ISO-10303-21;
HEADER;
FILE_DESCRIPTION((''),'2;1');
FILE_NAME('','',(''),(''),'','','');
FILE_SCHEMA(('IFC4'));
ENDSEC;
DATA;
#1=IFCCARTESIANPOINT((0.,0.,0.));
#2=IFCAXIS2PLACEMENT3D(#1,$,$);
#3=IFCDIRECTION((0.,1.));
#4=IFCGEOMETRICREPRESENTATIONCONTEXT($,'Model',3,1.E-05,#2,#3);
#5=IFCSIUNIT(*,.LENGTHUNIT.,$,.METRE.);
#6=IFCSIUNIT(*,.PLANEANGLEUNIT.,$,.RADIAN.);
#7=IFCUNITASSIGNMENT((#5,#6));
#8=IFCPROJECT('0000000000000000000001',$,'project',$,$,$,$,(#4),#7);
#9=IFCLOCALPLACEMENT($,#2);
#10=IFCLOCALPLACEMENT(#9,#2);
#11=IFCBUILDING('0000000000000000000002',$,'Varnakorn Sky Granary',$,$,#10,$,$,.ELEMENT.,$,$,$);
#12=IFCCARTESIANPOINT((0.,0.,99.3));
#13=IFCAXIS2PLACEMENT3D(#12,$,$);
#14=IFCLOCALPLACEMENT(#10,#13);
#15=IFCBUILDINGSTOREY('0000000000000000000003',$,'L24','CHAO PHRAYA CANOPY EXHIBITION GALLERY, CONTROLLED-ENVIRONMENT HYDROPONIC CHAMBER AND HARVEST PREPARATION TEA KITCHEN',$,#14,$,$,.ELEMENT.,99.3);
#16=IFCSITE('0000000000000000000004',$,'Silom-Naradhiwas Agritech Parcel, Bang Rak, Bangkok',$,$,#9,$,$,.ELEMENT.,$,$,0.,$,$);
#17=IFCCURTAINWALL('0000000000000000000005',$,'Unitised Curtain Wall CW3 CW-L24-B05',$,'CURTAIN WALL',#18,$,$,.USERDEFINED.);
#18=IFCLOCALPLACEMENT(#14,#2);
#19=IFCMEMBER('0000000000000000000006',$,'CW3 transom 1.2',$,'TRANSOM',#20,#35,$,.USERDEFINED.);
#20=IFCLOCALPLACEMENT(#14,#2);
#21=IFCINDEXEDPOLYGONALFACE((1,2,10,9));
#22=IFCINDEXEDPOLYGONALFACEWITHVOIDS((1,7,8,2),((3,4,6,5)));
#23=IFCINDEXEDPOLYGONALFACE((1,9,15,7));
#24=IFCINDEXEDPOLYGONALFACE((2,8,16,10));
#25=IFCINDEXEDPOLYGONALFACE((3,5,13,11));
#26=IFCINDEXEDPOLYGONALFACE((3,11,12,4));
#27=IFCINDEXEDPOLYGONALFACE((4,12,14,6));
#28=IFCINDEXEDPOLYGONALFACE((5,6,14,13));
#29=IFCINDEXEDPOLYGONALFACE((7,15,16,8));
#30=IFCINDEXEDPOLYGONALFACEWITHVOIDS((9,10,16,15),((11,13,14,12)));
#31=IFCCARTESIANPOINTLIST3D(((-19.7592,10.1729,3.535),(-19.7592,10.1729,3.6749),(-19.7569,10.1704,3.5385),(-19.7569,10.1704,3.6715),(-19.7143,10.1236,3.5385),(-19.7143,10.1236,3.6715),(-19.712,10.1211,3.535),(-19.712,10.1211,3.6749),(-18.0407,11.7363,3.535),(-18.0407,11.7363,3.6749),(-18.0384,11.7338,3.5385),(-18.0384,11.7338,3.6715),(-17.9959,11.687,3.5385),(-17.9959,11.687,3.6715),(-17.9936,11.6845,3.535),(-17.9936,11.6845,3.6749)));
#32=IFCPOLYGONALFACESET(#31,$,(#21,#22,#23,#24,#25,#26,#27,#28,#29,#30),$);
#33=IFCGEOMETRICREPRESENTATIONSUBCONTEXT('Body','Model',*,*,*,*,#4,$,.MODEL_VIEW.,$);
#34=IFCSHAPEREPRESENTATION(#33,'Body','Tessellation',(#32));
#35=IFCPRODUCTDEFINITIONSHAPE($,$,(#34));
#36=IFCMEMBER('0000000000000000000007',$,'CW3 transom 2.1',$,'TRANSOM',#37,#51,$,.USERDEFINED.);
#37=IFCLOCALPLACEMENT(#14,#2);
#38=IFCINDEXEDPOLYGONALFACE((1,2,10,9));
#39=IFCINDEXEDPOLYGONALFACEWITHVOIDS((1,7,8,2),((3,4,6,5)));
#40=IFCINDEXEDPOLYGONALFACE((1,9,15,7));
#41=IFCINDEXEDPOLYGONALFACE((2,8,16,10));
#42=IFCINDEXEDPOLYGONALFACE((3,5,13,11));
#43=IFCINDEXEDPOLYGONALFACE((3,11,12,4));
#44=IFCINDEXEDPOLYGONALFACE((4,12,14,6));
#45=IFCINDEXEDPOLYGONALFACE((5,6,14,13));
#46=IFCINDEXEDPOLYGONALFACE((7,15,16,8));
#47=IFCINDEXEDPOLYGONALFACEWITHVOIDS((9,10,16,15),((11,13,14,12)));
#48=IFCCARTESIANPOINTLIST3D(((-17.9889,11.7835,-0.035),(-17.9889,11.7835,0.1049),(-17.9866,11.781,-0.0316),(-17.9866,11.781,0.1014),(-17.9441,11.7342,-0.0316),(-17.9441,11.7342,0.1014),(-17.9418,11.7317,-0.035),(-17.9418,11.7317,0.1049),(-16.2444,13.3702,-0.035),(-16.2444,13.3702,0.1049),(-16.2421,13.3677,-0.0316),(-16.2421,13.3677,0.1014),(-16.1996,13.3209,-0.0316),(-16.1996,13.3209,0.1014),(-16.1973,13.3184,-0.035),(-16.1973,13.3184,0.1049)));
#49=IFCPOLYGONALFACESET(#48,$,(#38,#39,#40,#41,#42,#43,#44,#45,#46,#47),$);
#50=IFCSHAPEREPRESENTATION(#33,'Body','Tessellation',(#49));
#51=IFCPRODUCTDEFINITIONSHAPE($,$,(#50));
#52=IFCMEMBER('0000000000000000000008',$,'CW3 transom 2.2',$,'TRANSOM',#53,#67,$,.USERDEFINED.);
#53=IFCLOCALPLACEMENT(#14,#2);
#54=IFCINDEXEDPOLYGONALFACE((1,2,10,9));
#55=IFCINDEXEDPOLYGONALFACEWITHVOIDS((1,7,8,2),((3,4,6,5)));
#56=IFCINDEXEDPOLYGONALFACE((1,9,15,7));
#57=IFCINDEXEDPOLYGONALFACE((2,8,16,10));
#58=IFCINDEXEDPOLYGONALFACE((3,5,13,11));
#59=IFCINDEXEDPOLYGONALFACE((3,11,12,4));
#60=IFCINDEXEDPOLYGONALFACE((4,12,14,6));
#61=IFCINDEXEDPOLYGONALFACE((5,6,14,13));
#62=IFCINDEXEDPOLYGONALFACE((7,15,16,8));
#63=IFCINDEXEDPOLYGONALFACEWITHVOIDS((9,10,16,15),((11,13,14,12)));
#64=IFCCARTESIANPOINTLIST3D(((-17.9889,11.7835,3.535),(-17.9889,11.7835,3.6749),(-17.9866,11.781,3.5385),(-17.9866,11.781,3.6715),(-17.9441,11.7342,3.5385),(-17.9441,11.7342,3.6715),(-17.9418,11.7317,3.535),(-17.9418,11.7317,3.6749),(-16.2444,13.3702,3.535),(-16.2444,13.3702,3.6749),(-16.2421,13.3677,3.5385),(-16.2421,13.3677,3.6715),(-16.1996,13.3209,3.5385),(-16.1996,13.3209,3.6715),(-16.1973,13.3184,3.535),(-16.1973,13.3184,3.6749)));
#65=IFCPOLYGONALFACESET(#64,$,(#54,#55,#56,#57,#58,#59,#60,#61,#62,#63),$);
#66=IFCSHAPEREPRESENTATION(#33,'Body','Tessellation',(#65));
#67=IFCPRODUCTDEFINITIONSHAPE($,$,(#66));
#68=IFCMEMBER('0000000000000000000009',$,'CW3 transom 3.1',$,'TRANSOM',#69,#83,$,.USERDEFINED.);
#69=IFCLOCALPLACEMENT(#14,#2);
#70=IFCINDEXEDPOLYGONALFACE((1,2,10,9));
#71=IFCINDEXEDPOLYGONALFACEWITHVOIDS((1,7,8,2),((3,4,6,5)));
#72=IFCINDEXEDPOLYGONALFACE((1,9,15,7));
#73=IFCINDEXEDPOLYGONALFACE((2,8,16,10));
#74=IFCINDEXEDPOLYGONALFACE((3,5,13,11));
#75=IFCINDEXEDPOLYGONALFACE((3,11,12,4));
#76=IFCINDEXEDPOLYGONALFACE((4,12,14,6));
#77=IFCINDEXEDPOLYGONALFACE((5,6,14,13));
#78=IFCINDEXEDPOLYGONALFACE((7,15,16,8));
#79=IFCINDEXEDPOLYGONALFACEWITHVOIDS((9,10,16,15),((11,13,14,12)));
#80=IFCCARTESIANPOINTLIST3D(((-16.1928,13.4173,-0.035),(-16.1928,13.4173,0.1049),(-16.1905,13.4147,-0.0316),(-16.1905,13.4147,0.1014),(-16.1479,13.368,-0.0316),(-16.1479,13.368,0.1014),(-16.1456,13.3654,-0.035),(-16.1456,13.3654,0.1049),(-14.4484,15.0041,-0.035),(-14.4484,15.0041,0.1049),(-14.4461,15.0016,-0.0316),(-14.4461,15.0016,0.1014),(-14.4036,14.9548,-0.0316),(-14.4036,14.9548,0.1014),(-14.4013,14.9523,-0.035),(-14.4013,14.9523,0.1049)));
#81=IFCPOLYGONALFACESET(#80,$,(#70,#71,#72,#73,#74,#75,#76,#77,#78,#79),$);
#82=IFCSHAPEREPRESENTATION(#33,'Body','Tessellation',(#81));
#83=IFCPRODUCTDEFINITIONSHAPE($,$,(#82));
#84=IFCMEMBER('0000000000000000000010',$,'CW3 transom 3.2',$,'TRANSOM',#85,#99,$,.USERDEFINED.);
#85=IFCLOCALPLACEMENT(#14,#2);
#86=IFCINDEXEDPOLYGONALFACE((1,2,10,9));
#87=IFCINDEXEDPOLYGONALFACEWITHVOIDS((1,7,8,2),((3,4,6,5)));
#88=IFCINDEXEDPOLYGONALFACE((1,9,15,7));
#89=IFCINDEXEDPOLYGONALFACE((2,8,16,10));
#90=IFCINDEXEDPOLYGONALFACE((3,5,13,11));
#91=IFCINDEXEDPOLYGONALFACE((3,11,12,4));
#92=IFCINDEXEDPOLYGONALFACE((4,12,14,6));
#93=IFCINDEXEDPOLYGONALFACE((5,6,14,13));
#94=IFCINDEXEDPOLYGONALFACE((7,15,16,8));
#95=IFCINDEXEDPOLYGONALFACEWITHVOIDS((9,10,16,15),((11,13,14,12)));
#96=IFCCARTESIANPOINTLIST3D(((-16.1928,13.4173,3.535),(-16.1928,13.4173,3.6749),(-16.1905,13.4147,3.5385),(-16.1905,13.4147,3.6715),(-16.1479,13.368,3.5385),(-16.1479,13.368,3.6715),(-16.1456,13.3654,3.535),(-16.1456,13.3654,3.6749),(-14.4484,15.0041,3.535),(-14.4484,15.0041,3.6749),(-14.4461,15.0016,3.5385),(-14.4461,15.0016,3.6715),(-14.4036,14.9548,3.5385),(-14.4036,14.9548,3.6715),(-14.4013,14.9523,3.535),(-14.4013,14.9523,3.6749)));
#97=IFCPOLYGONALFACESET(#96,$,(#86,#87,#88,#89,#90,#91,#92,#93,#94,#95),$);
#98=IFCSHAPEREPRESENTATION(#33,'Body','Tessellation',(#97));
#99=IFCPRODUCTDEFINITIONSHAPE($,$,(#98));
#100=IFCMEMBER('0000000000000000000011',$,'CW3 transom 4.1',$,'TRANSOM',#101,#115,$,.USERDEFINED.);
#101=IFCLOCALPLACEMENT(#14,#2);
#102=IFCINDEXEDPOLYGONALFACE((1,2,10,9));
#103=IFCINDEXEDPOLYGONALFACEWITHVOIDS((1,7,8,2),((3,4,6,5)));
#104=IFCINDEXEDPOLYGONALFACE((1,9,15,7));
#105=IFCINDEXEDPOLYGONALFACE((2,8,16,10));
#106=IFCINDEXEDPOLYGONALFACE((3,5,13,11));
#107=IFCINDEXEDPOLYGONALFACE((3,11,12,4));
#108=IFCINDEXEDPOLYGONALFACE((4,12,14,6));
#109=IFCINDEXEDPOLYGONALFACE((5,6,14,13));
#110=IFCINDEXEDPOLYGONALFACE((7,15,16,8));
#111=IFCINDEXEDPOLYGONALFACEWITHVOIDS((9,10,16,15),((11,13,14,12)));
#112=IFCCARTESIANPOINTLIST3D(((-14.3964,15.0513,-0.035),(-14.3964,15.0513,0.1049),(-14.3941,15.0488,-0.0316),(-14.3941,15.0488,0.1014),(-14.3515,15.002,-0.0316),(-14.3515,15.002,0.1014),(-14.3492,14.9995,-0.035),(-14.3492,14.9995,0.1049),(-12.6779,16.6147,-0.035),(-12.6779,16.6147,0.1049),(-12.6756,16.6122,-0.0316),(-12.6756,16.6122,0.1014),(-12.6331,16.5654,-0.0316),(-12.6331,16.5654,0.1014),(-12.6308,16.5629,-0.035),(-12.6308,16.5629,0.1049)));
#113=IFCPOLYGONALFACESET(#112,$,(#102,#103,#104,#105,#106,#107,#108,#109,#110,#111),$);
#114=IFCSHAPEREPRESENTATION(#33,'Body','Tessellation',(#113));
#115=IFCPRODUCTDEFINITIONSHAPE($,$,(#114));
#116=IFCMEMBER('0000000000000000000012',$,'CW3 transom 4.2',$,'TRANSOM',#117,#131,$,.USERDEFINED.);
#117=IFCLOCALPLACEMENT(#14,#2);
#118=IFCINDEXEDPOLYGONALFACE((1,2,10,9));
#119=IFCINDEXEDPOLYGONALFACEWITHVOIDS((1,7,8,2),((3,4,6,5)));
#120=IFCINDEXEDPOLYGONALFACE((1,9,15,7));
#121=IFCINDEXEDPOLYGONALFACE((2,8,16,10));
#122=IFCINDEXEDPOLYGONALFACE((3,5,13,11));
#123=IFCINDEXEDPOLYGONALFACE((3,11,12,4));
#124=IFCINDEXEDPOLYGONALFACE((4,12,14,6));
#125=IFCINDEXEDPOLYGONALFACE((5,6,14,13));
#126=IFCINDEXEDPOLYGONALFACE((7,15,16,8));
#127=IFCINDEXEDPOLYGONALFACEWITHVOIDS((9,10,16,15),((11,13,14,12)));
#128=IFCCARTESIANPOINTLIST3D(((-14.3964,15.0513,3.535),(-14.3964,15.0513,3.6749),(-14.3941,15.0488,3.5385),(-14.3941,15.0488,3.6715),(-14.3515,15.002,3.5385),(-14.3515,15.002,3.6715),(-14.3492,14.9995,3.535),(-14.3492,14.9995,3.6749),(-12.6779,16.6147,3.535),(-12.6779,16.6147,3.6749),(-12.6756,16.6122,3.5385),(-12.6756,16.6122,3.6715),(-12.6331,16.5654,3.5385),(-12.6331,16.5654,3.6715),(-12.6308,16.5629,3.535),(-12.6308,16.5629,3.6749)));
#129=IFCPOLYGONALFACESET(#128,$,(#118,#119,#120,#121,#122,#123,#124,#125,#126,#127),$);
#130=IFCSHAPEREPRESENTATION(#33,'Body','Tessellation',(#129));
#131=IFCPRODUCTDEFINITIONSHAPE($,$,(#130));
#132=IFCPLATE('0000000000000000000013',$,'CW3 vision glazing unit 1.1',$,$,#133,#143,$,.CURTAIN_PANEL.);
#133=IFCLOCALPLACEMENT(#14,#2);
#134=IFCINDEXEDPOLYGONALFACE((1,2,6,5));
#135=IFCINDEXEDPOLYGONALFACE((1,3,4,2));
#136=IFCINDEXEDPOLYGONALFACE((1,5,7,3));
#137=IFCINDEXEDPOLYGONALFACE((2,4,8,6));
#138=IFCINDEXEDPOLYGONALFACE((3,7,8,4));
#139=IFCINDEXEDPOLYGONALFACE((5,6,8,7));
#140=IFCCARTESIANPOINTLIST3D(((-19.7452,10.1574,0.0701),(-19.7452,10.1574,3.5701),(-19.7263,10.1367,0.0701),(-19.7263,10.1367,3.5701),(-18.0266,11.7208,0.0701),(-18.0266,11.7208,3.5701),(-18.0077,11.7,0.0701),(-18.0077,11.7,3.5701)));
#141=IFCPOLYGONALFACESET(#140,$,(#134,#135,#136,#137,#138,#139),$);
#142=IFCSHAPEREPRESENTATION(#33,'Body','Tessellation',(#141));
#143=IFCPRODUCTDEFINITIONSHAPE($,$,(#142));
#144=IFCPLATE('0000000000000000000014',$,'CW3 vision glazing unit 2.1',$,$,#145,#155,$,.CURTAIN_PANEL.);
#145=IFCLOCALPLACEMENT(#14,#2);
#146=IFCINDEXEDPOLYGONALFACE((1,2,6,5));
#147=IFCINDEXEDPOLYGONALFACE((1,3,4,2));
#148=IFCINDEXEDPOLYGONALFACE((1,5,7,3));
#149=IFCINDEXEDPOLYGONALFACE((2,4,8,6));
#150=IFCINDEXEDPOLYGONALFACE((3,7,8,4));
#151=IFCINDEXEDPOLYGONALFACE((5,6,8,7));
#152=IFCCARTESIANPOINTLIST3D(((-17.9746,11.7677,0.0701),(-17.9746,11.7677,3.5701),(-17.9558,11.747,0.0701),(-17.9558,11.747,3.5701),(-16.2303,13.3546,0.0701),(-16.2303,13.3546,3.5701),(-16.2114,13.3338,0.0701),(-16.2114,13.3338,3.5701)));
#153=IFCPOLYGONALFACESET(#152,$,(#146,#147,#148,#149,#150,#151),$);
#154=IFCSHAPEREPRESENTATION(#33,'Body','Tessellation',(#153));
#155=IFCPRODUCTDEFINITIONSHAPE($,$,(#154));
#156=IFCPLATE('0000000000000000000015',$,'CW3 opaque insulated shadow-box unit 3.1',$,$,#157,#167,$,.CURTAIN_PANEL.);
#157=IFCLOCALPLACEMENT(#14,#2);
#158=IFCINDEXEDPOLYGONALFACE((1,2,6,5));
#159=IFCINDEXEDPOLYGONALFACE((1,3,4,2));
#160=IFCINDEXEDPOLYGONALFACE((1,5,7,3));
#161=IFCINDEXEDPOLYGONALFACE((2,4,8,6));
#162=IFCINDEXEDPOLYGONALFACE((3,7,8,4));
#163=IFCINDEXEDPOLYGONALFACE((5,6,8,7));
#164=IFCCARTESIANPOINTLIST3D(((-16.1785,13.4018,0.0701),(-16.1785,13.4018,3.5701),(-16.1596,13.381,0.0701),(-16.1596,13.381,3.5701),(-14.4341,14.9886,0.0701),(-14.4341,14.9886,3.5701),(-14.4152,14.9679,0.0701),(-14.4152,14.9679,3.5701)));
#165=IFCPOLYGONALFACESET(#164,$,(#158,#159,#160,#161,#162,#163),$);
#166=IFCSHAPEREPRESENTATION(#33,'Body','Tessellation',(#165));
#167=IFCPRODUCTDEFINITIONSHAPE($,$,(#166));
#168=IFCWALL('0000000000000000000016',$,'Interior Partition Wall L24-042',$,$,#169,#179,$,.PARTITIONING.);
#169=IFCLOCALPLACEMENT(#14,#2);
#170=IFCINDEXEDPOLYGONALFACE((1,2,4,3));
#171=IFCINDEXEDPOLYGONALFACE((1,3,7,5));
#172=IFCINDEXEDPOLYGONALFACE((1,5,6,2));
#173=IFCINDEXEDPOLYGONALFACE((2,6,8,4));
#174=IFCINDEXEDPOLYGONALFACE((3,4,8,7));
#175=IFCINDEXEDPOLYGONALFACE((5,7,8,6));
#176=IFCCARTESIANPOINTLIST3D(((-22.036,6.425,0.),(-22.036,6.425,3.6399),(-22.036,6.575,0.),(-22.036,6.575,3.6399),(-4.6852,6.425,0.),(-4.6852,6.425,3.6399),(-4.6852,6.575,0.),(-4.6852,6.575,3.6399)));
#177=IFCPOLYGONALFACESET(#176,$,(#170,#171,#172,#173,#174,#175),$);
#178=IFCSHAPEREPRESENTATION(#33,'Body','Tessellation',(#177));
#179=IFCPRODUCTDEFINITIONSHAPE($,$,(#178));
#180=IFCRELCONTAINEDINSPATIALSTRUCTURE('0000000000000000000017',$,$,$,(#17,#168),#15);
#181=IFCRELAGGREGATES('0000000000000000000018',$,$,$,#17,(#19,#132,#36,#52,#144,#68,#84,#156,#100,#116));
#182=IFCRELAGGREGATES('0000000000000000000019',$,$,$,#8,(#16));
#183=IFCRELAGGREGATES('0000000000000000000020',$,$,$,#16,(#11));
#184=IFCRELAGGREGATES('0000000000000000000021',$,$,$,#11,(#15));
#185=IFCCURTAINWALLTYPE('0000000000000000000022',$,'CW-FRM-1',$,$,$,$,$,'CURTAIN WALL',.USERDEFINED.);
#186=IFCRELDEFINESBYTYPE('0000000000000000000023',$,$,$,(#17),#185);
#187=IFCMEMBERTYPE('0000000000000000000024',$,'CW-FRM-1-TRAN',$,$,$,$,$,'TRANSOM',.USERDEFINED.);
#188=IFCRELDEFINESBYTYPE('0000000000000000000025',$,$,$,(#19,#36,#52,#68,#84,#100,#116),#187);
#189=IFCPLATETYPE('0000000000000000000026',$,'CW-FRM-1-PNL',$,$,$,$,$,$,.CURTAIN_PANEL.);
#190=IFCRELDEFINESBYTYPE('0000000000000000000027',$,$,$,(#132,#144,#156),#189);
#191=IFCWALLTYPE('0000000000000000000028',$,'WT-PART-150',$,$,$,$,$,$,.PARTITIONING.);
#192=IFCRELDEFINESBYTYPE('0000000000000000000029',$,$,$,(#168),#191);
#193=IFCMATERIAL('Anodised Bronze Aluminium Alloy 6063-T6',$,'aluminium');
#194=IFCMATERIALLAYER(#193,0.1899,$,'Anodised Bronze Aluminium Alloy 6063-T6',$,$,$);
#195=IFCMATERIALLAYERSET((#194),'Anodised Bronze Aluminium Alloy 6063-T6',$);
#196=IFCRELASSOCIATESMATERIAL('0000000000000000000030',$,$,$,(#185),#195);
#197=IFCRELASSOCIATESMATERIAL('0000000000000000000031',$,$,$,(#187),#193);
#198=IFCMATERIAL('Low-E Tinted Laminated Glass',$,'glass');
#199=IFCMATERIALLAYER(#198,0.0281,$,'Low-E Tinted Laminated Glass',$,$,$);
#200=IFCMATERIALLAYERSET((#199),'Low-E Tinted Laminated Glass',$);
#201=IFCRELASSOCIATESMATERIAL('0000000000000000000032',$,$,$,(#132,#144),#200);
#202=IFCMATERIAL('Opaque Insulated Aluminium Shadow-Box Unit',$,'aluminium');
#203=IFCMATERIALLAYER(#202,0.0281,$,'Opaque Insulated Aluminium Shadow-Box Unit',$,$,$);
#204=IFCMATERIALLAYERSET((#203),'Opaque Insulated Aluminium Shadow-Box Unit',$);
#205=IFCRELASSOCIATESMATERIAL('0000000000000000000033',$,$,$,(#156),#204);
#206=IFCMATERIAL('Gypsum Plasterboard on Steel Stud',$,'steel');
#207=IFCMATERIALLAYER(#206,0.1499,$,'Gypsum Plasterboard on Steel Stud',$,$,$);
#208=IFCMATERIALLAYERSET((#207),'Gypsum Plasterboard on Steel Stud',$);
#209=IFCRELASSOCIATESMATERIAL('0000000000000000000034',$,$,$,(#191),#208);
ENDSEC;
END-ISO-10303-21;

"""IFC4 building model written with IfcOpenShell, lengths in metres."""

from ifc_helpers import new_model, si_unit, direction, frame, frame_2d, origin, origin_2d, place, context, subcontext, project, spatial, rectangle, hollow_rectangle, extrude, source, transform, mapped, material, layer, layer_set, material_profile, profile_set, type_object, type_shapes, element, aggregate, save


model = new_model("IFC4")

# Units and contexts
model_context = context("Model", 3, precision=1e-05, world=origin(), true_north=direction((0.0, 1.0)))
body_context = subcontext(model_context, "Body", "Model", "MODEL_VIEW")
ifc_project = project(units=[si_unit("LENGTHUNIT", "METRE"), si_unit("PLANEANGLEUNIT", "RADIAN")], contexts=[model_context])

# Site, building, storey
site_placement = place(None, origin())
site = spatial("IfcSite", under=ifc_project, at=site_placement, Name="Silom-Naradhiwas Agritech Parcel, Bang Rak, Bangkok", CompositionType="ELEMENT", RefElevation=0.0)
building_placement = place(site_placement, origin())
building = spatial("IfcBuilding", under=site, at=building_placement, Name="Varnakorn Sky Granary", CompositionType="ELEMENT")
storey_placement = place(building_placement, frame((0.0, 0.0, 99.3)))
storey = spatial("IfcBuildingStorey", under=building, at=storey_placement, Name="L24", Description="CHAO PHRAYA CANOPY EXHIBITION GALLERY, CONTROLLED-ENVIRONMENT HYDROPONIC CHAMBER AND HARVEST PREPARATION TEA KITCHEN", CompositionType="ELEMENT", Elevation=99.3)

# Curtain wall, members, plates
ifc_material_1 = material(Name="Anodised Bronze Aluminium Alloy 6063-T6", Category="aluminium")
ifc_layer_1 = layer(ifc_material_1, 0.1899, Name="Anodised Bronze Aluminium Alloy 6063-T6")
ifc_layer_set_1 = layer_set([ifc_layer_1], Name="Anodised Bronze Aluminium Alloy 6063-T6")
curtain_wall_type = type_object("IfcCurtainWallType", Name="CW-FRM-1", ElementType="CURTAIN WALL", PredefinedType="USERDEFINED", material=ifc_layer_set_1)
curtain_wall_placement = place(storey_placement, origin())
curtain_wall = element("IfcCurtainWall", 1, at=curtain_wall_placement, inside=storey, type_object=curtain_wall_type, Name="Unitised Curtain Wall CW3 CW-L24-B05", ObjectType="CURTAIN WALL", PredefinedType="USERDEFINED")
ifc_material_profile_1 = material_profile(ifc_material_1, hollow_rectangle(XDim=0.0701, YDim=0.1399, WallThickness=0.0034, at=origin_2d()), Name="ALU TRAN 70x140")
ifc_profile_set_1 = profile_set([ifc_material_profile_1], Name="Anodised Bronze Aluminium Alloy 6063-T6")
member_type_1 = type_object("IfcMemberType", Name="CW-FRM-1-TRAN", ElementType="TRANSOM", PredefinedType="USERDEFINED", material=ifc_profile_set_1)
member_1_placement = place(storey_placement, frame((-19.7356, 10.147, 3.605), z_axis=(0.739683, 0.672955, 0.0), x_axis=(-0.672955, 0.739683, 0.0)))
member_1 = element("IfcMember", 2, at=member_1_placement, type_object=member_type_1, Name="CW3 transom 1.2", ObjectType="TRANSOM", PredefinedType="USERDEFINED", context=body_context, shape_type="SweptSolid", body=[
    extrude(hollow_rectangle(XDim=0.0701, YDim=0.1399, WallThickness=0.0034, at=origin_2d()), origin(), (0.0, 0.0, 1.0), 2.3232),
])
member_2_placement = place(storey_placement, frame((-17.9653, 11.7576, 0.0349), z_axis=(0.739757, 0.672874, 0.0), x_axis=(-0.672874, 0.739757, 0.0)))
member_2 = element("IfcMember", 3, at=member_2_placement, type_object=member_type_1, Name="CW3 transom 2.1", ObjectType="TRANSOM", PredefinedType="USERDEFINED", context=body_context, shape_type="SweptSolid", body=[
    extrude(hollow_rectangle(XDim=0.0701, YDim=0.1399, WallThickness=0.0034, at=origin_2d()), origin(), (0.0, 0.0, 1.0), 2.3582),
])
member_3_placement = place(storey_placement, frame((-17.9653, 11.7576, 3.605), z_axis=(0.739757, 0.672874, 0.0), x_axis=(-0.672874, 0.739757, 0.0)))
member_3 = element("IfcMember", 4, at=member_3_placement, type_object=member_type_1, Name="CW3 transom 2.2", ObjectType="TRANSOM", PredefinedType="USERDEFINED", context=body_context, shape_type="SweptSolid", body=[
    extrude(hollow_rectangle(XDim=0.0701, YDim=0.1399, WallThickness=0.0034, at=origin_2d()), origin(), (0.0, 0.0, 1.0), 2.3582),
])
member_4_placement = place(storey_placement, frame((-16.1692, 13.3914, 0.0349), z_axis=(0.739706, 0.67293, 0.0), x_axis=(-0.67293, 0.739706, 0.0)))
member_4 = element("IfcMember", 5, at=member_4_placement, type_object=member_type_1, Name="CW3 transom 3.1", ObjectType="TRANSOM", PredefinedType="USERDEFINED", context=body_context, shape_type="SweptSolid", body=[
    extrude(hollow_rectangle(XDim=0.0701, YDim=0.1399, WallThickness=0.0034, at=origin_2d()), origin(), (0.0, 0.0, 1.0), 2.3582),
])
member_5_placement = place(storey_placement, frame((-16.1692, 13.3914, 3.605), z_axis=(0.739706, 0.67293, 0.0), x_axis=(-0.67293, 0.739706, 0.0)))
member_5 = element("IfcMember", 6, at=member_5_placement, type_object=member_type_1, Name="CW3 transom 3.2", ObjectType="TRANSOM", PredefinedType="USERDEFINED", context=body_context, shape_type="SweptSolid", body=[
    extrude(hollow_rectangle(XDim=0.0701, YDim=0.1399, WallThickness=0.0034, at=origin_2d()), origin(), (0.0, 0.0, 1.0), 2.3582),
])
member_6_placement = place(storey_placement, frame((-14.3728, 15.0254, 0.0349), z_axis=(0.739683, 0.672955, 0.0), x_axis=(-0.672955, 0.739683, 0.0)))
member_6 = element("IfcMember", 7, at=member_6_placement, type_object=member_type_1, Name="CW3 transom 4.1", ObjectType="TRANSOM", PredefinedType="USERDEFINED", context=body_context, shape_type="SweptSolid", body=[
    extrude(hollow_rectangle(XDim=0.0701, YDim=0.1399, WallThickness=0.0034, at=origin_2d()), origin(), (0.0, 0.0, 1.0), 2.3232),
])
member_7_placement = place(storey_placement, frame((-14.3728, 15.0254, 3.605), z_axis=(0.739683, 0.672955, 0.0), x_axis=(-0.672955, 0.739683, 0.0)))
member_7 = element("IfcMember", 8, at=member_7_placement, type_object=member_type_1, Name="CW3 transom 4.2", ObjectType="TRANSOM", PredefinedType="USERDEFINED", context=body_context, shape_type="SweptSolid", body=[
    extrude(hollow_rectangle(XDim=0.0701, YDim=0.1399, WallThickness=0.0034, at=origin_2d()), origin(), (0.0, 0.0, 1.0), 2.3232),
])
ifc_material_2 = material(Name="Low-E Tinted Laminated Glass", Category="glass")
ifc_layer_2 = layer(ifc_material_2, 0.0281, Name="Low-E Tinted Laminated Glass")
ifc_layer_set_2 = layer_set([ifc_layer_2], Name="Low-E Tinted Laminated Glass")
plate_type = type_object("IfcPlateType", Name="CW-FRM-1-PNL", PredefinedType="CURTAIN_PANEL")
shared_shape_1 = source(origin(), body_context, "Body", "SweptSolid", [
    extrude(rectangle(XDim=2.3232, YDim=0.0281, at=origin_2d()), origin(), (0.0, 0.0, 1.0), 3.5),
])
plate_1_placement = place(storey_placement, frame((-18.8765, 10.9287, 0.0701), z_axis=(0.0, 0.0, 1.0), x_axis=(0.739716, 0.672919, 0.0)))
plate_1 = element("IfcPlate", 9, at=plate_1_placement, type_object=plate_type, material=ifc_layer_set_2, Name="CW3 vision glazing unit 1.1", PredefinedType="CURTAIN_PANEL", context=body_context, shape_type="MappedRepresentation", body=[
    mapped(shared_shape_1, transform((0.0, 0.0, 0.0), x_axis=(1.0, 0.0, 0.0), y_axis=(0.0, 1.0, 0.0), z_axis=(0.0, 0.0, 1.0), scale=1.0)),
])
shared_shape_2 = source(origin(), body_context, "Body", "SweptSolid", [
    extrude(rectangle(XDim=2.3582, YDim=0.0281, at=origin_2d()), origin(), (0.0, 0.0, 1.0), 3.5),
])
type_shapes(plate_type, [shared_shape_1, shared_shape_2])
plate_2_placement = place(storey_placement, frame((-17.093, 12.5508, 0.0701), z_axis=(0.0, 0.0, 1.0), x_axis=(0.739716, 0.672919, 0.0)))
plate_2 = element("IfcPlate", 10, at=plate_2_placement, type_object=plate_type, material=ifc_layer_set_2, Name="CW3 vision glazing unit 2.1", PredefinedType="CURTAIN_PANEL", context=body_context, shape_type="MappedRepresentation", body=[
    mapped(shared_shape_2, transform((0.0, 0.0, 0.0), x_axis=(1.0, 0.0, 0.0), y_axis=(0.0, 1.0, 0.0), z_axis=(0.0, 0.0, 1.0), scale=1.0)),
])
ifc_material_3 = material(Name="Opaque Insulated Aluminium Shadow-Box Unit", Category="aluminium")
ifc_layer_3 = layer(ifc_material_3, 0.0281, Name="Opaque Insulated Aluminium Shadow-Box Unit")
ifc_layer_set_3 = layer_set([ifc_layer_3], Name="Opaque Insulated Aluminium Shadow-Box Unit")
plate_3_placement = place(storey_placement, frame((-15.2969, 14.1848, 0.0701), z_axis=(0.0, 0.0, 1.0), x_axis=(0.739716, 0.672919, 0.0)))
plate_3 = element("IfcPlate", 11, at=plate_3_placement, type_object=plate_type, material=ifc_layer_set_3, Name="CW3 opaque insulated shadow-box unit 3.1", PredefinedType="CURTAIN_PANEL", context=body_context, shape_type="MappedRepresentation", body=[
    mapped(shared_shape_2, transform((0.0, 0.0, 0.0), x_axis=(1.0, 0.0, 0.0), y_axis=(0.0, 1.0, 0.0), z_axis=(0.0, 0.0, 1.0), scale=1.0)),
])
aggregate(curtain_wall, [member_1, plate_1, member_2, member_3, plate_2, member_4, member_5, plate_3, member_6, member_7])

# Wall
ifc_material_4 = material(Name="Gypsum Plasterboard on Steel Stud", Category="steel")
ifc_layer_4 = layer(ifc_material_4, 0.1499, Name="Gypsum Plasterboard on Steel Stud")
ifc_layer_set_4 = layer_set([ifc_layer_4], Name="Gypsum Plasterboard on Steel Stud")
wall_type = type_object("IfcWallType", Name="WT-PART-150", PredefinedType="PARTITIONING", material=ifc_layer_set_4)
wall_placement = place(storey_placement, frame((-22.0359, 6.5, 0.0), z_axis=(0.0, 0.0, 1.0), x_axis=(1.0, 0.0, 0.0)))
element("IfcWall", 12, at=wall_placement, inside=storey, type_object=wall_type, Name="Interior Partition Wall L24-042", PredefinedType="PARTITIONING", context=body_context, shape_type="SweptSolid", body=[
    extrude(rectangle(XDim=17.3508, YDim=0.1499, at=frame_2d((8.6753, 0.0))), origin(), (0.0, 0.0, 1.0), 3.6399),
])

save(model, "model.ifc")
